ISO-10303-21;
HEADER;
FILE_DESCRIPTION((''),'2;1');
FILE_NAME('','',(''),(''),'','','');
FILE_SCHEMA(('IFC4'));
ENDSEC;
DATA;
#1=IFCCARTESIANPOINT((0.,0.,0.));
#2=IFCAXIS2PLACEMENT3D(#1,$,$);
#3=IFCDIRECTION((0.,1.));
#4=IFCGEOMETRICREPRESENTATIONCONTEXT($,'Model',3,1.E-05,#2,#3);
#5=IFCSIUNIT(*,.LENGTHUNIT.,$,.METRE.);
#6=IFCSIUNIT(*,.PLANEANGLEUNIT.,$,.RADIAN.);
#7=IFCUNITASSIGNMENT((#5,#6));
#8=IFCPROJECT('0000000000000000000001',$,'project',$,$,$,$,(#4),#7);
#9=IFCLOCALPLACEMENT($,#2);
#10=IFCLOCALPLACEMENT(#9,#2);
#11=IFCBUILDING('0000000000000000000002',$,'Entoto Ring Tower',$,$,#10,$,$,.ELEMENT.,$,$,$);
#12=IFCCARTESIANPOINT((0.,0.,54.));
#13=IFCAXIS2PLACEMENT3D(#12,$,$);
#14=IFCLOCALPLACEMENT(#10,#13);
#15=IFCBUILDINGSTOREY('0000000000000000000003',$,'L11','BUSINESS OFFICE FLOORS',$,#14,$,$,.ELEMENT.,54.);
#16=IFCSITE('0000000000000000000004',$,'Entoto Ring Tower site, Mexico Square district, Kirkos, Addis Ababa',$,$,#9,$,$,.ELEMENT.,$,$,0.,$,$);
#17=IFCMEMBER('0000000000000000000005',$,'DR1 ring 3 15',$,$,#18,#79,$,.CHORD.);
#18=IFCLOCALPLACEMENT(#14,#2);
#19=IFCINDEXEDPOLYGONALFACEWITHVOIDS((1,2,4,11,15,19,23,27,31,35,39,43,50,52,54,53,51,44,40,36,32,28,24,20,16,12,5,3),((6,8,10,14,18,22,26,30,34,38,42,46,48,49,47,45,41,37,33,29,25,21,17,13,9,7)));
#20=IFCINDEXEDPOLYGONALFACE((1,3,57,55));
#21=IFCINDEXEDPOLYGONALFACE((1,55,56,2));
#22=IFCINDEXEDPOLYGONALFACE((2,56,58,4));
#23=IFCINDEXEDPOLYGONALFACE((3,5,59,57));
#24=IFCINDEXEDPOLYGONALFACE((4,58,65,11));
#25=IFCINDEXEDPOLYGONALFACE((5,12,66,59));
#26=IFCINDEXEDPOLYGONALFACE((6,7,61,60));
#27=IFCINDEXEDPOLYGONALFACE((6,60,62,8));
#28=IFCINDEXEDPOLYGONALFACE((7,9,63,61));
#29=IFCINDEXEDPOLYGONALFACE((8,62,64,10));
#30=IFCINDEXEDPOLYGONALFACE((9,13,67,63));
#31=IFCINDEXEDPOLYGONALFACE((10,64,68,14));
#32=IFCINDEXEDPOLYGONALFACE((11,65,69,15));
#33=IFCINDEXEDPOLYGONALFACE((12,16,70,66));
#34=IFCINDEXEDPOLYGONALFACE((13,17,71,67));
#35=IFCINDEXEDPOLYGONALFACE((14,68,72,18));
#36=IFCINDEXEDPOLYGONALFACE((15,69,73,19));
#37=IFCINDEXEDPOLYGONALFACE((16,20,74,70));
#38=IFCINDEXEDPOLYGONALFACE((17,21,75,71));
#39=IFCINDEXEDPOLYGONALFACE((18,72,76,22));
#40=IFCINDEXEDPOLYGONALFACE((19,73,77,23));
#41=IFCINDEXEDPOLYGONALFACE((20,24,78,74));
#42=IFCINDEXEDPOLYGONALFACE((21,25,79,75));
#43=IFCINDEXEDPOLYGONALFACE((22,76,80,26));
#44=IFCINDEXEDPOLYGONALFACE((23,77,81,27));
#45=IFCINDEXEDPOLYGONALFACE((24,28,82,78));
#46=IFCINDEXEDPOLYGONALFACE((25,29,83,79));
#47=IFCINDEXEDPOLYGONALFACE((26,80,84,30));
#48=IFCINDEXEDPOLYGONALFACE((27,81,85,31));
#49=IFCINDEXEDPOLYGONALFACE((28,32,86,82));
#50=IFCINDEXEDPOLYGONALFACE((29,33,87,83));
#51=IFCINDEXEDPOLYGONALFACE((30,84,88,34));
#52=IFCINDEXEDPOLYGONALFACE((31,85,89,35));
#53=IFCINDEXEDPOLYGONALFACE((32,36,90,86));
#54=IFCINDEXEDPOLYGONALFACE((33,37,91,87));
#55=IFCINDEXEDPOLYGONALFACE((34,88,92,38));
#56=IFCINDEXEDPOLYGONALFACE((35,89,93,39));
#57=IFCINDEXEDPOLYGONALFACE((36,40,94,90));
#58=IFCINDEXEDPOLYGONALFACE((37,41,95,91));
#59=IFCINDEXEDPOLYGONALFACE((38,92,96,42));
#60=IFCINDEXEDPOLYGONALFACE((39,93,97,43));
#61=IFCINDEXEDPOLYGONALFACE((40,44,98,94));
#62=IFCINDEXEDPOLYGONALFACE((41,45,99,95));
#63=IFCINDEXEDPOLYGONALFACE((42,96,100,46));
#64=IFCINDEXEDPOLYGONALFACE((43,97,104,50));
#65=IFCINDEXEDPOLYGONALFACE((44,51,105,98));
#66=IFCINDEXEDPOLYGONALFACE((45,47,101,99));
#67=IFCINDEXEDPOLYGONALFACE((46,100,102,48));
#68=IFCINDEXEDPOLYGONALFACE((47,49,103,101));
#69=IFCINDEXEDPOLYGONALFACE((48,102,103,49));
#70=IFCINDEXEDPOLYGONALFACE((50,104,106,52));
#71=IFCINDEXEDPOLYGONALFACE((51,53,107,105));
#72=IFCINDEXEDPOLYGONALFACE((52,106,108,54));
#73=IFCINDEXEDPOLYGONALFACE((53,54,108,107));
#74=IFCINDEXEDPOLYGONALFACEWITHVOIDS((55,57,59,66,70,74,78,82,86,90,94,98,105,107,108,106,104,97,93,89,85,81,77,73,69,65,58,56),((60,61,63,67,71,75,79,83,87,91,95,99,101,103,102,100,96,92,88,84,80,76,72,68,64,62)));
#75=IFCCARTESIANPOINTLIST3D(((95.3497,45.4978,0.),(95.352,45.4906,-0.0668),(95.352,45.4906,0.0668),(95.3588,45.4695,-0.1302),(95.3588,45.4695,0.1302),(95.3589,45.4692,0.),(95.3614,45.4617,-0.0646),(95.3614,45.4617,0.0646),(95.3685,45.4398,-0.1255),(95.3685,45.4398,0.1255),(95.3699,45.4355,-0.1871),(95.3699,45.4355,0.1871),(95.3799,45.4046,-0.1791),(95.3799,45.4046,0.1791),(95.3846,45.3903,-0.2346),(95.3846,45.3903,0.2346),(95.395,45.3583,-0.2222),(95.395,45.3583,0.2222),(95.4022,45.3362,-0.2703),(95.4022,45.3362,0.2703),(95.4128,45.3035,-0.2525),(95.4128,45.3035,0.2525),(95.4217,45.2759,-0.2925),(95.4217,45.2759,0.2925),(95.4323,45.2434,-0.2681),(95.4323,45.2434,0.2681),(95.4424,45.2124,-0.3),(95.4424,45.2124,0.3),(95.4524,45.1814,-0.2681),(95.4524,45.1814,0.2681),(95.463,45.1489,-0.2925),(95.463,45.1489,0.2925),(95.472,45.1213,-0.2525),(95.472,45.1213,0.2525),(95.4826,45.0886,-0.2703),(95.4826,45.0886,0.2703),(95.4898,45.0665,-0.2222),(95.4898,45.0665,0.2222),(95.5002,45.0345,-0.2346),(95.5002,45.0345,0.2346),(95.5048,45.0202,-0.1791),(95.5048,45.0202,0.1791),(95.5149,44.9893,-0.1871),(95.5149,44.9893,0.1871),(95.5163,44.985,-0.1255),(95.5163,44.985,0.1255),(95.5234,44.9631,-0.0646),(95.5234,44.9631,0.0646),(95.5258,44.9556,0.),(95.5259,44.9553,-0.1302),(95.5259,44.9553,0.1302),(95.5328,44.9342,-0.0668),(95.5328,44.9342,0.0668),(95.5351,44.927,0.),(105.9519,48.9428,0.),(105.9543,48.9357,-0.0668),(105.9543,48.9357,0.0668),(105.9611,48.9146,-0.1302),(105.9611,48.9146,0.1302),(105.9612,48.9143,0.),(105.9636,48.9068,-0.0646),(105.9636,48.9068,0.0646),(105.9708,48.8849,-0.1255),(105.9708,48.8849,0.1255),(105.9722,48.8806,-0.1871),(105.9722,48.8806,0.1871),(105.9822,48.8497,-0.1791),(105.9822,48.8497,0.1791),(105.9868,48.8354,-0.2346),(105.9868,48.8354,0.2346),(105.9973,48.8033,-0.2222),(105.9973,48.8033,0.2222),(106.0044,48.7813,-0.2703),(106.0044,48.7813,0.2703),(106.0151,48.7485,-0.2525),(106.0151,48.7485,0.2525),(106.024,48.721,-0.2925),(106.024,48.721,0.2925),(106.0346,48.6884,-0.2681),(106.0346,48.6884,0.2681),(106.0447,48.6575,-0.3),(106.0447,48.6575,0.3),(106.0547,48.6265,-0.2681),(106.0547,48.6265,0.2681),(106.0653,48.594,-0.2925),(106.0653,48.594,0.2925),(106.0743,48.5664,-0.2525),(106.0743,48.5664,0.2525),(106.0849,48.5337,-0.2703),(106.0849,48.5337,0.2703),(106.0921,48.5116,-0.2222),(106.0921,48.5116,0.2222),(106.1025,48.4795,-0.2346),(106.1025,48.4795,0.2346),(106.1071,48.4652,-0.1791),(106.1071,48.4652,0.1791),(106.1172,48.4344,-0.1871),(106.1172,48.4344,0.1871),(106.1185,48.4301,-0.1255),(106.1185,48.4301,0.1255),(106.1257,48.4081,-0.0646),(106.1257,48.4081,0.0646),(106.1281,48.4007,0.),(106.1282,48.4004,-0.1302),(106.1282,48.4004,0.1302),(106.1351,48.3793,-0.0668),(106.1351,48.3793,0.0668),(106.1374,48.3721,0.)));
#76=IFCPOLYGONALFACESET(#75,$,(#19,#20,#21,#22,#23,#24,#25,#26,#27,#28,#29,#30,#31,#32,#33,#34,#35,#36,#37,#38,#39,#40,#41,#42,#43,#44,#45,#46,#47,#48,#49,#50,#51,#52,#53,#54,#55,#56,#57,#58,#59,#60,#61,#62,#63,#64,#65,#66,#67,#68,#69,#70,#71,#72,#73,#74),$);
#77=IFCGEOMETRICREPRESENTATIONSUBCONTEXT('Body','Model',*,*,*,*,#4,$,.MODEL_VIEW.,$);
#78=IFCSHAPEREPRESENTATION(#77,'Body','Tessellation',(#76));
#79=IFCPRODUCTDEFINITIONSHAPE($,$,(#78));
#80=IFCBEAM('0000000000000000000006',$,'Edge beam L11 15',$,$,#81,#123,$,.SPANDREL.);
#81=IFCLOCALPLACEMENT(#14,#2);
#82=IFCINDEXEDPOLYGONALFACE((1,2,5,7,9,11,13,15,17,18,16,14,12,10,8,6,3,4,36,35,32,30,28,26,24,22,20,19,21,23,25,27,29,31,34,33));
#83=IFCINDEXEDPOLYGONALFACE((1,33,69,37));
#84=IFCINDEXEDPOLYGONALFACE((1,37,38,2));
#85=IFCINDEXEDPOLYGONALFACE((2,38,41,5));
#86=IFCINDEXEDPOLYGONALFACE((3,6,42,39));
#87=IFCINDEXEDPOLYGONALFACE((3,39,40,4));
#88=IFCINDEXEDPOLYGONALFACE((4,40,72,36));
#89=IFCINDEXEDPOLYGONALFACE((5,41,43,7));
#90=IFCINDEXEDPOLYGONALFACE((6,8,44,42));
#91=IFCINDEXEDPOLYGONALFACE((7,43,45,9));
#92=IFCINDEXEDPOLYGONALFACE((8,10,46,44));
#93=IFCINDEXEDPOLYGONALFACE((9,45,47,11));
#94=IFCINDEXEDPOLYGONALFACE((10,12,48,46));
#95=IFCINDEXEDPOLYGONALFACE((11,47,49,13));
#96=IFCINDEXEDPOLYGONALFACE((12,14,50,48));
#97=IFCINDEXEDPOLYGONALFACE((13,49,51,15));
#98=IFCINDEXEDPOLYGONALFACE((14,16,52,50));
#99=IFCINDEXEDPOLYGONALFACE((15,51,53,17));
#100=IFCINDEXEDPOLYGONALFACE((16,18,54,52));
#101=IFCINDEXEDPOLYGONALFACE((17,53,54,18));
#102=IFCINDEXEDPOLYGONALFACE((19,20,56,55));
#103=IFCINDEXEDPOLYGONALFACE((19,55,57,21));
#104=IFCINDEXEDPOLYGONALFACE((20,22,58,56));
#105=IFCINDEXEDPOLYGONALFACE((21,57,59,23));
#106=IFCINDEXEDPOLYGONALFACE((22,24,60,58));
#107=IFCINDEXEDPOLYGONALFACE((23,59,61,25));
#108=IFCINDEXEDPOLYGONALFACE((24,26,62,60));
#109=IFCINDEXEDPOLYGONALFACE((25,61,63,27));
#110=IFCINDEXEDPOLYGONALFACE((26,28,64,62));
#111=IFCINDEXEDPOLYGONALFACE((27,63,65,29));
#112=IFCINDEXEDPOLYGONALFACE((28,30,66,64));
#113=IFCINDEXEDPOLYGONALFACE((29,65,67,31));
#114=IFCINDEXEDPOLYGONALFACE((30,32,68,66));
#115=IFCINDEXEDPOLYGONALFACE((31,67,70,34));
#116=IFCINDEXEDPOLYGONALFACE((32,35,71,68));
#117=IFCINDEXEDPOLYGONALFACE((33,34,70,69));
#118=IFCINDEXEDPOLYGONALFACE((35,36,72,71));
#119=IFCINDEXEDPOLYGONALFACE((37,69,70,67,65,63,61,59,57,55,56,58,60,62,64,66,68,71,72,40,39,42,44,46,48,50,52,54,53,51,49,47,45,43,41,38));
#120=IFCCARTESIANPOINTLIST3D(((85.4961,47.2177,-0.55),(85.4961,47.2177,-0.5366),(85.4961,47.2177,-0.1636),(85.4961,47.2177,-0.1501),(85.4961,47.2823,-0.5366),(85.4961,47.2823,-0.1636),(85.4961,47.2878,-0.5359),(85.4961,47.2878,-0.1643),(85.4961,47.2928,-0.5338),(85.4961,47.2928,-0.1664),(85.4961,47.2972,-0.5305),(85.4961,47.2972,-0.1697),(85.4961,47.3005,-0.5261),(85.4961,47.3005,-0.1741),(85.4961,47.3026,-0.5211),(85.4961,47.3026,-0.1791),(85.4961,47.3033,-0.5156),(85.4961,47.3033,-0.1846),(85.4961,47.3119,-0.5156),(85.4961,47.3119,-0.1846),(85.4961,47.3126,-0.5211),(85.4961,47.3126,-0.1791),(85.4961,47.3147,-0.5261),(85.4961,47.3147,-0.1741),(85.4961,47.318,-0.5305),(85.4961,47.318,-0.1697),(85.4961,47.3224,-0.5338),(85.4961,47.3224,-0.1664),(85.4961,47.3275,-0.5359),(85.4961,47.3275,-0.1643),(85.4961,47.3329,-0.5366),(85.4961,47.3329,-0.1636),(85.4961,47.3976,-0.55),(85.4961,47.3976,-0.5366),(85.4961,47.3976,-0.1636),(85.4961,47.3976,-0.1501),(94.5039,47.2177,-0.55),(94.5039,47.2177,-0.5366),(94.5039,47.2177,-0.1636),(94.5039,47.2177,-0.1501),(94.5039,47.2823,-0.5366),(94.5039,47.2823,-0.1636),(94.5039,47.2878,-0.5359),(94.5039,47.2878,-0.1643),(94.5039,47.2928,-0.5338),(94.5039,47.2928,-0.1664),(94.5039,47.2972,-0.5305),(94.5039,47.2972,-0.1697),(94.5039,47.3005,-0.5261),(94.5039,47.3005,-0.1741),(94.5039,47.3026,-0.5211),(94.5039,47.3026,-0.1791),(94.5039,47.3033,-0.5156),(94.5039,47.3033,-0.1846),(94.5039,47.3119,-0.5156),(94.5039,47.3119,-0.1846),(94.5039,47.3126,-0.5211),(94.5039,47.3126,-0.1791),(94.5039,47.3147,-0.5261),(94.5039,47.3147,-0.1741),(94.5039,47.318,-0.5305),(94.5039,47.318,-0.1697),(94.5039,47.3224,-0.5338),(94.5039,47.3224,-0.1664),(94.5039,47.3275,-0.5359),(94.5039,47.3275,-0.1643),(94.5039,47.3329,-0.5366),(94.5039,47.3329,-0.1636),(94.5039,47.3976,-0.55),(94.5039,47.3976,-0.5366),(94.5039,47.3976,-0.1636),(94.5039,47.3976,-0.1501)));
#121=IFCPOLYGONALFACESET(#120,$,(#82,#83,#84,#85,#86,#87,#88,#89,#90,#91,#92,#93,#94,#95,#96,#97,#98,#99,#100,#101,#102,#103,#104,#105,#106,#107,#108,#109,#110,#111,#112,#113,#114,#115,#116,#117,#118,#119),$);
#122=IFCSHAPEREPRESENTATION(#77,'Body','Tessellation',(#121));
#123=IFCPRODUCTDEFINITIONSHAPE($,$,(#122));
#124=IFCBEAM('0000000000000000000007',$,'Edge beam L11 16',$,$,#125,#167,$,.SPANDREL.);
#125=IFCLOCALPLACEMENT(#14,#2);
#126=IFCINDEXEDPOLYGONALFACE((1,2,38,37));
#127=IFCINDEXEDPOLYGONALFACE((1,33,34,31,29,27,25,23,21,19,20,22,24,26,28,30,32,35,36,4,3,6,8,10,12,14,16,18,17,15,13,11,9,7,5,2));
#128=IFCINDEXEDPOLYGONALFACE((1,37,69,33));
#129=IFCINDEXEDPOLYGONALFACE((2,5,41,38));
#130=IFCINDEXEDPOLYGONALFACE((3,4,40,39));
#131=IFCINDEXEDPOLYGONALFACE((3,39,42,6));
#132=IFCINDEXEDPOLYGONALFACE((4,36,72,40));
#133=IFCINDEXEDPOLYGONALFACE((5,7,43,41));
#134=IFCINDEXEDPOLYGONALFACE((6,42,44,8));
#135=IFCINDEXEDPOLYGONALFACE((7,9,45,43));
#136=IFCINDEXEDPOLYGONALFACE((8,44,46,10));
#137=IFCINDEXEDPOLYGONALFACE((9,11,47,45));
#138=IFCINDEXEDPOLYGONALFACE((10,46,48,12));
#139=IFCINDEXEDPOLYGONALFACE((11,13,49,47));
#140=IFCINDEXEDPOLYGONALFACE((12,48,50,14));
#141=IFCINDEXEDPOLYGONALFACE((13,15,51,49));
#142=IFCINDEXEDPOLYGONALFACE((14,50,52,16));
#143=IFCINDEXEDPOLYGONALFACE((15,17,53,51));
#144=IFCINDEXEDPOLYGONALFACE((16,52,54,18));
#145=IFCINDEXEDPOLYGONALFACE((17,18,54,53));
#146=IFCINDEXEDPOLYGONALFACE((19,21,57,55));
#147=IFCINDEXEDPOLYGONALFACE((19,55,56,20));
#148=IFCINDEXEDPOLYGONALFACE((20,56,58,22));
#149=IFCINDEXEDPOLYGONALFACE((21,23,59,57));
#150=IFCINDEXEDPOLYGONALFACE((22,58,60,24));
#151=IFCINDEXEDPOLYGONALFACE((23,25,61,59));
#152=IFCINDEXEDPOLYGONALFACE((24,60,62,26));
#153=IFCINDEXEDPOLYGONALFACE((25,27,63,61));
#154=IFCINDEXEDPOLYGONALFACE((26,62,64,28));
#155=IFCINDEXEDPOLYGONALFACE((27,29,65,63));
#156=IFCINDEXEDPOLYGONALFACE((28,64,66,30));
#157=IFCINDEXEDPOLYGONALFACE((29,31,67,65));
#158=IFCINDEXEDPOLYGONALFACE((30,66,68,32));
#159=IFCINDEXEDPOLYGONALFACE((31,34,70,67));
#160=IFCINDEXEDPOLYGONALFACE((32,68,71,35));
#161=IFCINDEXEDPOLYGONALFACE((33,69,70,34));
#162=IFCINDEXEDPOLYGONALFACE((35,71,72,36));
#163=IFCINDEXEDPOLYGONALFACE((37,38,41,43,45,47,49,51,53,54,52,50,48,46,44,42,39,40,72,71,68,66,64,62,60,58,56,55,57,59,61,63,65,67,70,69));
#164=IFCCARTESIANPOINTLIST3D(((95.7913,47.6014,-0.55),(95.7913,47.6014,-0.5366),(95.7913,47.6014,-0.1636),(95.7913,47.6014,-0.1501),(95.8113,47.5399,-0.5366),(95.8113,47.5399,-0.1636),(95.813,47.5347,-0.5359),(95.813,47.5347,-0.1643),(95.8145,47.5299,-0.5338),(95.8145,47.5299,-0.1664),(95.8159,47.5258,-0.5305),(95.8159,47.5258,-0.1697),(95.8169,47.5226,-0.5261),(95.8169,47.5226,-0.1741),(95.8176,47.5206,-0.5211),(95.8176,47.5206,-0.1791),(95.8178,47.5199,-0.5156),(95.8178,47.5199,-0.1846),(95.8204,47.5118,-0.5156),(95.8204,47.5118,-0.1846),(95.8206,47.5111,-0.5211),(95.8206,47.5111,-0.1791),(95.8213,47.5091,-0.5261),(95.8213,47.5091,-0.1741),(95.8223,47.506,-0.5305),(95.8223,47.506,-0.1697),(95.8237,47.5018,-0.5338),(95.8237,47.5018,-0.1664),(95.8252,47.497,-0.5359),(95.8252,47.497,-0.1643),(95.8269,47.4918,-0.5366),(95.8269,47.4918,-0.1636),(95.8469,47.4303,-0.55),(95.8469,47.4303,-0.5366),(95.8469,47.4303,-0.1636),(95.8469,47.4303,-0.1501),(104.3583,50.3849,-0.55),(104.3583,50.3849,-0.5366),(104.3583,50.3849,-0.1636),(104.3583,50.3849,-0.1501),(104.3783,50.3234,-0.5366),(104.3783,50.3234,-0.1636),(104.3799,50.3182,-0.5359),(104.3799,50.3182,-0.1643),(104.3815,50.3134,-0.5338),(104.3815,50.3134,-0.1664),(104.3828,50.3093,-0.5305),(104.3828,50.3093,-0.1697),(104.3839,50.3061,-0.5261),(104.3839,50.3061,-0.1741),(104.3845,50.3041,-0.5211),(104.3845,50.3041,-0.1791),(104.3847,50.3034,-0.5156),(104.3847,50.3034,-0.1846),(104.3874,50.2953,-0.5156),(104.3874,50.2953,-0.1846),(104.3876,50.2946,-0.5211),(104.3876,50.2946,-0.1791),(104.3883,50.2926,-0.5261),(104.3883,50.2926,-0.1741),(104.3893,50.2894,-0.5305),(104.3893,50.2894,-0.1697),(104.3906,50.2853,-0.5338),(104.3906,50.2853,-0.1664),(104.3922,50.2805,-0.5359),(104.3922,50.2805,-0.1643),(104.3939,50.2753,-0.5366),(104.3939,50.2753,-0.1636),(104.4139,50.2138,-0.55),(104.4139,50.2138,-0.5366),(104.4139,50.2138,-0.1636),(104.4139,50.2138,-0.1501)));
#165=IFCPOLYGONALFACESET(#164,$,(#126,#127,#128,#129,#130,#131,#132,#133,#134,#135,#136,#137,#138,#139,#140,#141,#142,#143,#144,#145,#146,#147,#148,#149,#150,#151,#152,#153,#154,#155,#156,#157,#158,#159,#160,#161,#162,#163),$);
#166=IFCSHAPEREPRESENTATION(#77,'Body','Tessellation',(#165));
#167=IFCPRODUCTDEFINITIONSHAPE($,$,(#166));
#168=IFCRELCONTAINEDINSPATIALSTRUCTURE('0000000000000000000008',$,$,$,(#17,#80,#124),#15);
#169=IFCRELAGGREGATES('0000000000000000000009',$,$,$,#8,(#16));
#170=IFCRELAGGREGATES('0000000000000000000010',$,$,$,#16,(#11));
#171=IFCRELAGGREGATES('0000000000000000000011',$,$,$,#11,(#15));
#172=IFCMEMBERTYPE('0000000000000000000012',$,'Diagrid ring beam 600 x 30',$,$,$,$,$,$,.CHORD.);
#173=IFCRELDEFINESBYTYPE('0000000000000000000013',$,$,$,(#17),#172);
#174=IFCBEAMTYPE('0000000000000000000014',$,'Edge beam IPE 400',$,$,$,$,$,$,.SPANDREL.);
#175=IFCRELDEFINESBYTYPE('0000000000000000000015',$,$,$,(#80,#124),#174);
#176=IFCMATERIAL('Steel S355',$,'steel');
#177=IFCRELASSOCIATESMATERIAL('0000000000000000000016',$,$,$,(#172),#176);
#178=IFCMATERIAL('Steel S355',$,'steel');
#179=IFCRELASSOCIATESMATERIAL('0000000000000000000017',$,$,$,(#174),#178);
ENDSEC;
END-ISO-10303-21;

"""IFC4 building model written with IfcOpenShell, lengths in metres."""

from ifc_helpers import new_model, si_unit, direction, frame, origin, origin_2d, place, context, subcontext, project, spatial, circle, hollow_circle, i_section, extrude, material, material_profile, profile_set, type_object, element, save


model = new_model("IFC4")

# Units and contexts
model_context = context("Model", 3, precision=1e-05, world=origin(), true_north=direction((0.0, 1.0)))
body_context = subcontext(model_context, "Body", "Model", "MODEL_VIEW")
ifc_project = project(units=[si_unit("LENGTHUNIT", "METRE"), si_unit("PLANEANGLEUNIT", "RADIAN")], contexts=[model_context])

# Site, building, storey
site_placement = place(None, origin())
site = spatial("IfcSite", under=ifc_project, at=site_placement, Name="Entoto Ring Tower site, Mexico Square district, Kirkos, Addis Ababa", CompositionType="ELEMENT", RefElevation=0.0)
building_placement = place(site_placement, origin())
building = spatial("IfcBuilding", under=site, at=building_placement, Name="Entoto Ring Tower", CompositionType="ELEMENT")
storey_placement = place(building_placement, frame((0.0, 0.0, 54.0)))
storey = spatial("IfcBuildingStorey", under=building, at=storey_placement, Name="L11", Description="BUSINESS OFFICE FLOORS", CompositionType="ELEMENT", Elevation=54.0)

# Member
ifc_material_1 = material(Name="Steel S355", Category="steel")
ifc_material_profile_1 = material_profile(ifc_material_1, hollow_circle(Radius=0.3, WallThickness=0.03, at=origin_2d()), Name="CHS 600 x 30")
ifc_material_2 = material(Name="Concrete C60/75", Category="concrete")
ifc_material_profile_2 = material_profile(ifc_material_2, circle(Radius=0.27, at=origin_2d()), Name="Concrete C60/75 infill")
ifc_profile_set_1 = profile_set([ifc_material_profile_1, ifc_material_profile_2], Name="Steel S355")
member_type_1 = type_object("IfcMemberType", Name="Diagrid ring beam 600 x 30", PredefinedType="CHORD", material=ifc_profile_set_1)
member_1_placement = place(storey_placement, frame((95.4424, 45.2124, 0.0), z_axis=(0.951052, 0.309031, 0.0), x_axis=(-0.309031, 0.951052, 0.0)))
element("IfcMember", 1, at=member_1_placement, inside=storey, type_object=member_type_1, Name="DR1 ring 3 15", PredefinedType="CHORD", context=body_context, shape_type="SweptSolid", body=[
    extrude(hollow_circle(Radius=0.3, WallThickness=0.03, at=origin_2d()), origin(), (0.0, 0.0, 1.0), 11.1479),
])

# Beams
ifc_material_3 = material(Name="Steel S355", Category="steel")
ifc_material_profile_3 = material_profile(ifc_material_3, i_section(OverallWidth=0.1799, OverallDepth=0.3999, WebThickness=0.0085, FlangeThickness=0.0134, FilletRadius=0.021, at=origin_2d()), Name="IPE 400")
ifc_profile_set_2 = profile_set([ifc_material_profile_3], Name="Steel S355")
beam_type_1 = type_object("IfcBeamType", Name="Edge beam IPE 400", PredefinedType="SPANDREL", material=ifc_profile_set_2)
for number, where, z_axis, x_axis, name in (
    (2, (85.4961, 47.3076, -0.3501), (1.0, 0.0, 0.0), (0.0, 1.0, 0.0), "Edge beam L11 15"),
    (3, (95.8191, 47.5159, -0.3501), (0.95106, 0.309006, 0.0), (-0.309006, 0.95106, 0.0), "Edge beam L11 16"),
):
    element("IfcBeam", number, at=place(storey_placement, frame(where, z_axis=z_axis, x_axis=x_axis)), inside=storey, type_object=beam_type_1, Name=name, PredefinedType="SPANDREL", context=body_context, shape_type="SweptSolid", body=[
        extrude(i_section(OverallWidth=0.1799, OverallDepth=0.3999, WebThickness=0.0085, FlangeThickness=0.0134, FilletRadius=0.021, at=origin_2d()), origin(), (0.0, 0.0, 1.0), 9.0078),
    ])

save(model, "model.ifc")
